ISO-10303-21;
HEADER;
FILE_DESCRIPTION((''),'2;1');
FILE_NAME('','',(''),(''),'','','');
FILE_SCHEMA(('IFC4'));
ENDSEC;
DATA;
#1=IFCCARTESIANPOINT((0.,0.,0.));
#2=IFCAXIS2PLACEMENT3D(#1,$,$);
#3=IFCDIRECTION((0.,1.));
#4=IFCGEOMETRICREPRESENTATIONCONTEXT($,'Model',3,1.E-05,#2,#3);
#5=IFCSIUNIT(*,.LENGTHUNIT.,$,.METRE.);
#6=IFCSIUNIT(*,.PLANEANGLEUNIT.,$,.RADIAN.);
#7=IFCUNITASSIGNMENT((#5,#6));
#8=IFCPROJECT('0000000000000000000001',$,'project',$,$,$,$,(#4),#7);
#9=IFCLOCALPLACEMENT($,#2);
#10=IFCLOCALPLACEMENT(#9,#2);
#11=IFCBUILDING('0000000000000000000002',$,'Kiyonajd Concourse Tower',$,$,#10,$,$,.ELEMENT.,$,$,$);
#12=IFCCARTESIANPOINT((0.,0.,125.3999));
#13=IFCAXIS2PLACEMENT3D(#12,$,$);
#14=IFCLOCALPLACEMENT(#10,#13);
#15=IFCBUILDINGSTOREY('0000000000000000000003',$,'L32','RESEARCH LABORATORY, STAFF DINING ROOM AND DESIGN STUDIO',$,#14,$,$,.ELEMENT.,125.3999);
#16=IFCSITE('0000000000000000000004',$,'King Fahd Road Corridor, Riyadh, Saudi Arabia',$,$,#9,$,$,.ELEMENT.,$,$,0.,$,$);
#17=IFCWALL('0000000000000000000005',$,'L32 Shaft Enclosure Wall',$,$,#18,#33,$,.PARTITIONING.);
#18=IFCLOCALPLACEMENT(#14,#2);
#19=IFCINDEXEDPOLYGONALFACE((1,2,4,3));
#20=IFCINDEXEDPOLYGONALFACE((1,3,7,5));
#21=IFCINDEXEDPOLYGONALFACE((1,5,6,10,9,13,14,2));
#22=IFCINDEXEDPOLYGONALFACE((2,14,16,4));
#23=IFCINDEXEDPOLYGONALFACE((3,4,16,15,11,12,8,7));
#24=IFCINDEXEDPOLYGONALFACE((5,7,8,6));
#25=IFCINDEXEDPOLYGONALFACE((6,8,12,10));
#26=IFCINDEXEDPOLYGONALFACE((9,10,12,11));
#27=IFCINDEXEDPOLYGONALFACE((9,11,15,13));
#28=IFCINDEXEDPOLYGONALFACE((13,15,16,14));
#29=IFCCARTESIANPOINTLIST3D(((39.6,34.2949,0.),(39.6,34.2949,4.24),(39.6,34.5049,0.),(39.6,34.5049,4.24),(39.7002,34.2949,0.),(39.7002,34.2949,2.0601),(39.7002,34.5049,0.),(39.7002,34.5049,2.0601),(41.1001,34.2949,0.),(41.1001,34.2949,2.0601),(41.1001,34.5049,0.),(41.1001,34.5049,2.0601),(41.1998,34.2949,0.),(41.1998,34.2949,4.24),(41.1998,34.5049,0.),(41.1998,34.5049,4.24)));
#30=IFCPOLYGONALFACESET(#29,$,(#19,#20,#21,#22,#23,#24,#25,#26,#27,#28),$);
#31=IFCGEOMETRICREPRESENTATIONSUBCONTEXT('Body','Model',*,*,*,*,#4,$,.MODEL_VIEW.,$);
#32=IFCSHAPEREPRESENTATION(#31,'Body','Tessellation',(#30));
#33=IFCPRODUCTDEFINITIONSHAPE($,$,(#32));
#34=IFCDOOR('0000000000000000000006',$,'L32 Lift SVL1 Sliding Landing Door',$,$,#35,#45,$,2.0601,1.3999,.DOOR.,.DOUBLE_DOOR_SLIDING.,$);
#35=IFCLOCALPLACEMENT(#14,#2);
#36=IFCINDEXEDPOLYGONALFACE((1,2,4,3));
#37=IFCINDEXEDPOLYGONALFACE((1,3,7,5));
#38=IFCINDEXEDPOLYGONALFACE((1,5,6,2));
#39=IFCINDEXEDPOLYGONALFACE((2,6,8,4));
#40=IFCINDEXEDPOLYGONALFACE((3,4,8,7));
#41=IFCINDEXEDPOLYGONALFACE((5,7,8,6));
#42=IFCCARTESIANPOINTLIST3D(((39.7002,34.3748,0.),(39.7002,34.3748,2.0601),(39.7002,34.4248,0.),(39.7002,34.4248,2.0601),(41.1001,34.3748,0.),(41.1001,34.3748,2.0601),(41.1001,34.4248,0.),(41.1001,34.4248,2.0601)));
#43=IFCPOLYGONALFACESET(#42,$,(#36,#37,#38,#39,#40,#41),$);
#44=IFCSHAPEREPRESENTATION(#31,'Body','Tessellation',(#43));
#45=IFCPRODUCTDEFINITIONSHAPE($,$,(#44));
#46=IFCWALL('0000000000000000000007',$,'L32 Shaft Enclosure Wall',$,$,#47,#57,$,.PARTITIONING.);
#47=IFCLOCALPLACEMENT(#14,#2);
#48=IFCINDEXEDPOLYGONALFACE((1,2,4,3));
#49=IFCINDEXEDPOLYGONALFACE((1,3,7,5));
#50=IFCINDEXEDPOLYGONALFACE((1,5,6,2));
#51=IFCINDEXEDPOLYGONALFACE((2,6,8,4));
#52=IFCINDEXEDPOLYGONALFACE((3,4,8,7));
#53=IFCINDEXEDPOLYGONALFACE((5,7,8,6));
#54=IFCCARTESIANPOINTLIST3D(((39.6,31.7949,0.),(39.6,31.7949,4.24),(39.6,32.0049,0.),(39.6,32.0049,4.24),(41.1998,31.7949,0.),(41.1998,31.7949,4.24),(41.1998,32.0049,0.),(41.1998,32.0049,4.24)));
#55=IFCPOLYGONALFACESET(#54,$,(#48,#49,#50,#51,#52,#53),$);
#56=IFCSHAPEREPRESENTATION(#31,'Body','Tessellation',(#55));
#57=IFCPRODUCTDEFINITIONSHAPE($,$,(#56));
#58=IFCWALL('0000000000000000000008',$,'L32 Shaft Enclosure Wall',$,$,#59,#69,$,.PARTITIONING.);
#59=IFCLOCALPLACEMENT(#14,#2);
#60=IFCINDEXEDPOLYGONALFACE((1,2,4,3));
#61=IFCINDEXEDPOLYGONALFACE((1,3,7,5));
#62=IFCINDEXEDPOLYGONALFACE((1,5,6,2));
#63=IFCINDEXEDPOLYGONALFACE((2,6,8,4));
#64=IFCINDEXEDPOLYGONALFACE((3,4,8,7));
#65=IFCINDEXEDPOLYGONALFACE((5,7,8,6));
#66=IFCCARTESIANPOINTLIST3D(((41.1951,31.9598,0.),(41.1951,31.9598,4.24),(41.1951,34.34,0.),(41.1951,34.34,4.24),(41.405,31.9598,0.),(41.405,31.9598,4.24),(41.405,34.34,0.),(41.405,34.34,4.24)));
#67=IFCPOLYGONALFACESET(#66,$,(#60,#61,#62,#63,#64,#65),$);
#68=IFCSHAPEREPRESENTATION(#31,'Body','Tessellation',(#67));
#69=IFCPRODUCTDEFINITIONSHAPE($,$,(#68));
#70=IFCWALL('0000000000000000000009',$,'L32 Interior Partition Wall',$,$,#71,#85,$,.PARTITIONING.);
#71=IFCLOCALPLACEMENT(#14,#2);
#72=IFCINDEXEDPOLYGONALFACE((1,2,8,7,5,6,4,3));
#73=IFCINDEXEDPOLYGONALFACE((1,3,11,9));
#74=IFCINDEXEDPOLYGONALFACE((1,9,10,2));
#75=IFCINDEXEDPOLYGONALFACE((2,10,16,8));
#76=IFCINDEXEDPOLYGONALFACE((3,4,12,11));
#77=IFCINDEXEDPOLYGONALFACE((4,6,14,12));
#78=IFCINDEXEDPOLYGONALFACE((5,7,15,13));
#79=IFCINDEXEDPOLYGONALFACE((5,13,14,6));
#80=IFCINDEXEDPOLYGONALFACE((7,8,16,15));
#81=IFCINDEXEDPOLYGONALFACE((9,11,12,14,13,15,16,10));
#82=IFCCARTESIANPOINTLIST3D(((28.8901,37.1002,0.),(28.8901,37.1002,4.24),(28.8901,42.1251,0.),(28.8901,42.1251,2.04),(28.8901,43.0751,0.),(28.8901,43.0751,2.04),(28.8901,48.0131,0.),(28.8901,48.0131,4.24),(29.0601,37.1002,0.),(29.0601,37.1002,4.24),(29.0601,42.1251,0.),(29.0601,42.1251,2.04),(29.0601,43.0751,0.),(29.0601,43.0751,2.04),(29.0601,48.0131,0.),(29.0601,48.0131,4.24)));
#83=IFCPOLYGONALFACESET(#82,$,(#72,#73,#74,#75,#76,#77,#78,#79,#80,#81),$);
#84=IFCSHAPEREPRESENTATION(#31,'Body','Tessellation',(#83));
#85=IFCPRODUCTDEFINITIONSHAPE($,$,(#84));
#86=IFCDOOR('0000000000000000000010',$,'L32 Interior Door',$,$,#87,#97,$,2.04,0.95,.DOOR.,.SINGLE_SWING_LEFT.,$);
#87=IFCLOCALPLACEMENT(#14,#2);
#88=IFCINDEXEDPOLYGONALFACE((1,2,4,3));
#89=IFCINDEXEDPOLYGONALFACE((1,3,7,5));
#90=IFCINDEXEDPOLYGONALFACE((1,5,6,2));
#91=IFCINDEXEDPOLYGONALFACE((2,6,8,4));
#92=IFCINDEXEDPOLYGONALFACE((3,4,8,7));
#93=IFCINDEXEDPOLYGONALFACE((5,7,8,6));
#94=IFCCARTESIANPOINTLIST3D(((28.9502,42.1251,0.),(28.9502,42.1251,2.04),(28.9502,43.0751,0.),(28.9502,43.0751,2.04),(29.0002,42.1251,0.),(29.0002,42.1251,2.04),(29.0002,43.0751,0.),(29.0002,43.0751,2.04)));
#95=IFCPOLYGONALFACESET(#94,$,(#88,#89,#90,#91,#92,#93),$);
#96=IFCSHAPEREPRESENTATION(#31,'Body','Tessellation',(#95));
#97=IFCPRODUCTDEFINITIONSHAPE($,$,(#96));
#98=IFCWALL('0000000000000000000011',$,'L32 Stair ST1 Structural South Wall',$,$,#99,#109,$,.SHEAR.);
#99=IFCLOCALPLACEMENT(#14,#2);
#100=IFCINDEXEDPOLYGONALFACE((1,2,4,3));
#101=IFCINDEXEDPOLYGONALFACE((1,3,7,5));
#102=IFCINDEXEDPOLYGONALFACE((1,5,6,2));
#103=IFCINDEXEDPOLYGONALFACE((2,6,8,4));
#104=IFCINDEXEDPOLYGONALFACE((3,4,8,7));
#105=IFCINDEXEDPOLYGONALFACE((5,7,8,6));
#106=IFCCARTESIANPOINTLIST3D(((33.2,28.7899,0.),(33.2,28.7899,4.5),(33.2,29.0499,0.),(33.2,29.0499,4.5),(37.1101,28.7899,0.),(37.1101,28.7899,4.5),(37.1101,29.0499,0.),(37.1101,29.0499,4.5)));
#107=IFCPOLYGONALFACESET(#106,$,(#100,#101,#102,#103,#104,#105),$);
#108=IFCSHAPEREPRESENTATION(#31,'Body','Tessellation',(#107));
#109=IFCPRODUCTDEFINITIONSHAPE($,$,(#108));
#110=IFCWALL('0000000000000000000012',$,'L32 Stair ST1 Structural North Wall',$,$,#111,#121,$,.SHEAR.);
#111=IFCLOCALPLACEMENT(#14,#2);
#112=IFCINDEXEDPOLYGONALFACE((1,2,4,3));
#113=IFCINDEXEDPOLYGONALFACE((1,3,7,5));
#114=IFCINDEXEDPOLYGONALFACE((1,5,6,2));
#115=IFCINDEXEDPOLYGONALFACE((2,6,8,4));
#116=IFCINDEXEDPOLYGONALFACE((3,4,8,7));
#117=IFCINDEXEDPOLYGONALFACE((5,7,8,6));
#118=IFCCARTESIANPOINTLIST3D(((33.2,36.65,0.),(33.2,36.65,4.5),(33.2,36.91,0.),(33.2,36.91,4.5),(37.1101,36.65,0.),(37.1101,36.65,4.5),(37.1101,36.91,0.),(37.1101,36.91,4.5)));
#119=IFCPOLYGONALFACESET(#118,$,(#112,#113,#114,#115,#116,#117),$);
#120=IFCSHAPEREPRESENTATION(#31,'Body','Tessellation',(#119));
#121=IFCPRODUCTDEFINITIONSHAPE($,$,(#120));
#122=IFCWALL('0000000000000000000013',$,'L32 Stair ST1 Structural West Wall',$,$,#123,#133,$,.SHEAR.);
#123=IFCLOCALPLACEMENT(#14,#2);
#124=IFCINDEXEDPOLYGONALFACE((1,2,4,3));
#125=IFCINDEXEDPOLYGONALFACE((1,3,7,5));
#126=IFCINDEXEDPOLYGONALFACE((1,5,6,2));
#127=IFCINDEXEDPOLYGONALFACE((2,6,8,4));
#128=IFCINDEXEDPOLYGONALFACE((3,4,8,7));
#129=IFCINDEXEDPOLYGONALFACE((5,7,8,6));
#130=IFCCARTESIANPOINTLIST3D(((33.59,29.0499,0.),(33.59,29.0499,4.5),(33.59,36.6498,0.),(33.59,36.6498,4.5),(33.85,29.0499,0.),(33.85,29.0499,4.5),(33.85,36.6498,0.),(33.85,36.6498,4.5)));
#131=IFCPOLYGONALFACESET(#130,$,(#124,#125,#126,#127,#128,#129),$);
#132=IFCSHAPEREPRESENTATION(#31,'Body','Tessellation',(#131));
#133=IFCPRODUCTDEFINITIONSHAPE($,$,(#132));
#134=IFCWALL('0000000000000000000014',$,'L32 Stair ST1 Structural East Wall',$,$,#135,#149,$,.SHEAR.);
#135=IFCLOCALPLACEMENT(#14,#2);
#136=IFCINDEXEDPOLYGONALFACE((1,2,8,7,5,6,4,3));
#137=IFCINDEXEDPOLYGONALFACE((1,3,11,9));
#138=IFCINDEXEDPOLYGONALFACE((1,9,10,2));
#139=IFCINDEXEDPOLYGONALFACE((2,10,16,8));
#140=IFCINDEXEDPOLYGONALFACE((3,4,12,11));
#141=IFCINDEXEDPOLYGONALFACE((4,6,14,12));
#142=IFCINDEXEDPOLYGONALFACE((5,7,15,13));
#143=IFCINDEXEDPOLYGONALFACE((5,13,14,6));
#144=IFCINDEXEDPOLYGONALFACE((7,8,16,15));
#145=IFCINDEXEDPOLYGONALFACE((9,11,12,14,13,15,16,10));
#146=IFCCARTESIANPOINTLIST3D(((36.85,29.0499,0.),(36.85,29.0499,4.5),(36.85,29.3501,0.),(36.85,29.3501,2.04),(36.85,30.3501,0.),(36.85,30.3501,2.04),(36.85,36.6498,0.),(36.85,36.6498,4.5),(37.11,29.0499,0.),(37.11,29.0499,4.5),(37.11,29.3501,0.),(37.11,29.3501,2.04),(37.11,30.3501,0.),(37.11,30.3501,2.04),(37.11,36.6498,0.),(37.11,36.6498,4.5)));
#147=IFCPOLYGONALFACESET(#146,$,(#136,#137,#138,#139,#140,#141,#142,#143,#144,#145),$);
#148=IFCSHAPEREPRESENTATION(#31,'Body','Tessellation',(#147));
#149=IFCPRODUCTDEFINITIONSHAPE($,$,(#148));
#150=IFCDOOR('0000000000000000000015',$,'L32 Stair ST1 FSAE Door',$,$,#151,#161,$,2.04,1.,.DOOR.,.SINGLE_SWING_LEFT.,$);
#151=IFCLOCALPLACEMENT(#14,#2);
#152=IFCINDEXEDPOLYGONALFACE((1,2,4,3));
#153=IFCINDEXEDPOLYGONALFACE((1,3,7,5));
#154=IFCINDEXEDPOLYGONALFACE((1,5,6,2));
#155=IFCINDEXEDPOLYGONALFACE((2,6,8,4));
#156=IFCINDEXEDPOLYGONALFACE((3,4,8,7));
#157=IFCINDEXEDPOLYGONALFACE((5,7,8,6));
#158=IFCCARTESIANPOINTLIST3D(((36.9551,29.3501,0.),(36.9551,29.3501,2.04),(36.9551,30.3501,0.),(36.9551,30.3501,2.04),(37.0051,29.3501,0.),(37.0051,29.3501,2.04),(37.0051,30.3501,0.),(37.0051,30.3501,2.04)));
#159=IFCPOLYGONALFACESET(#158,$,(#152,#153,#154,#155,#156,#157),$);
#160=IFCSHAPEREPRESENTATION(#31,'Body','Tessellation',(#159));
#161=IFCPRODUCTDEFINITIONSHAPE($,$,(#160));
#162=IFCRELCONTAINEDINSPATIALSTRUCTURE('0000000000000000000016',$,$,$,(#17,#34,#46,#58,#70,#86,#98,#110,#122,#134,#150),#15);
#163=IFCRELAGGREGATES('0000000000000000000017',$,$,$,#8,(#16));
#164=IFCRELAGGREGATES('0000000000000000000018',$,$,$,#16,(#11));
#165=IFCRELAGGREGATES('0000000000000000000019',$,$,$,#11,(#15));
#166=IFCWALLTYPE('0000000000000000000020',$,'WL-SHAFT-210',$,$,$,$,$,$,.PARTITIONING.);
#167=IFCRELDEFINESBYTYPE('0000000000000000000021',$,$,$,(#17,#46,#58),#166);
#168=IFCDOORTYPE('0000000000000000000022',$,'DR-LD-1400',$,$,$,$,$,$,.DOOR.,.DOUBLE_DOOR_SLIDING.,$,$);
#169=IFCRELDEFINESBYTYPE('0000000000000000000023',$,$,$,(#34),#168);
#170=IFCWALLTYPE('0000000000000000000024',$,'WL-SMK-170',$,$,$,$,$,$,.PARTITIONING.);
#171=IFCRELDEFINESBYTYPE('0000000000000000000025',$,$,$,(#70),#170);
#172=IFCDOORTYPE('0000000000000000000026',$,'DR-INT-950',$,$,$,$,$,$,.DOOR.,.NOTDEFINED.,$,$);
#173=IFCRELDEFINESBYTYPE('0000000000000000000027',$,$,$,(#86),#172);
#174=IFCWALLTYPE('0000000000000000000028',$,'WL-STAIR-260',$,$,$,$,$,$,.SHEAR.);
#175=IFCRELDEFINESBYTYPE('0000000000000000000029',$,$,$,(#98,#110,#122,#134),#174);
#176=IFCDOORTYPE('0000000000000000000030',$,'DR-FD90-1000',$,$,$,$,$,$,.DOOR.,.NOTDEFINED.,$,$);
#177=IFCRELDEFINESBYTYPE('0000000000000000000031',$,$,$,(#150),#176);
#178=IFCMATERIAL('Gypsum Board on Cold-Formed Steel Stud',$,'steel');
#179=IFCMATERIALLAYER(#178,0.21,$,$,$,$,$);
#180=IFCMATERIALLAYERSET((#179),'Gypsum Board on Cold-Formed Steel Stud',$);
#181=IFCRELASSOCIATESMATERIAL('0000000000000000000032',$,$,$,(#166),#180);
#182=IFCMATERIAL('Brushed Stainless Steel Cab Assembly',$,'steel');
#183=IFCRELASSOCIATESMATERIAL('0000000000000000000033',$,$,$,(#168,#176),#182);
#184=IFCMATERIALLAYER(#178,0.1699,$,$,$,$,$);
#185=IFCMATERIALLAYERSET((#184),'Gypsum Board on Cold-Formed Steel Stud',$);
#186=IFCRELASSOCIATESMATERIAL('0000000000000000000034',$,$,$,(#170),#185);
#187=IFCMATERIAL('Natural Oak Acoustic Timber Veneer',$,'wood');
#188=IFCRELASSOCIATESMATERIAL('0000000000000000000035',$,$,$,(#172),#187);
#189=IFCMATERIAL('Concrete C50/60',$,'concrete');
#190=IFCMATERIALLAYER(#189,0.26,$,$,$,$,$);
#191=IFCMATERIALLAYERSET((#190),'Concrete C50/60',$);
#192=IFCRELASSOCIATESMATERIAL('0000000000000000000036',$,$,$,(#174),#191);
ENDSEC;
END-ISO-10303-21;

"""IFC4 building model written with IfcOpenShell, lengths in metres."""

from ifc_helpers import new_model, si_unit, direction, frame, frame_2d, origin, place, context, subcontext, project, spatial, rectangle, extrude, material, layer, layer_set, type_object, element, fill, save


model = new_model("IFC4")

# Units and contexts
model_context = context("Model", 3, precision=1e-05, world=origin(), true_north=direction((0.0, 1.0)))
body_context = subcontext(model_context, "Body", "Model", "MODEL_VIEW")
ifc_project = project(units=[si_unit("LENGTHUNIT", "METRE"), si_unit("PLANEANGLEUNIT", "RADIAN")], contexts=[model_context])

# Site, building, storey
site_placement = place(None, origin())
site = spatial("IfcSite", under=ifc_project, at=site_placement, Name="King Fahd Road Corridor, Riyadh, Saudi Arabia", CompositionType="ELEMENT", RefElevation=0.0)
building_placement = place(site_placement, origin())
building = spatial("IfcBuilding", under=site, at=building_placement, Name="Kiyonajd Concourse Tower", CompositionType="ELEMENT")
storey_placement = place(building_placement, frame((0.0, 0.0, 125.3999)))
storey = spatial("IfcBuildingStorey", under=building, at=storey_placement, Name="L32", Description="RESEARCH LABORATORY, STAFF DINING ROOM AND DESIGN STUDIO", CompositionType="ELEMENT", Elevation=125.3999)

# Shared definitions
ifc_material_1 = material(Name="Concrete C50/60", Category="concrete")

# Shared definitions
ifc_material_2 = material(Name="Brushed Stainless Steel Cab Assembly", Category="steel")
ifc_material_3 = material(Name="Gypsum Board on Cold-Formed Steel Stud", Category="steel")
ifc_layer_1 = layer(ifc_material_3, 0.21)
ifc_layer_set_1 = layer_set([ifc_layer_1], Name="Gypsum Board on Cold-Formed Steel Stud")
wall_type_1 = type_object("IfcWallType", Name="WL-SHAFT-210", PredefinedType="PARTITIONING", material=ifc_layer_set_1)

# Wall, opening, door
wall_1_placement = place(storey_placement, frame((39.6001, 34.3999, 0.0), z_axis=(0.0, 0.0, 1.0), x_axis=(1.0, 0.0, 0.0)))
wall_1 = element("IfcWall", 1, at=wall_1_placement, inside=storey, type_object=wall_type_1, Name="L32 Shaft Enclosure Wall", PredefinedType="PARTITIONING", context=body_context, shape_type="SweptSolid", body=[
    extrude(rectangle(XDim=1.5999, YDim=0.21, at=frame_2d((0.7998, 0.0))), origin(), (0.0, 0.0, 1.0), 4.24),
])
opening_1_placement = place(wall_1_placement, frame((0.1001, 0.0, 0.0)))
opening_1 = element("IfcOpeningElement", 2, at=opening_1_placement, cuts=wall_1, PredefinedType="OPENING", context=body_context, shape_type="SweptSolid", body=[
    extrude(rectangle(XDim=1.3999, YDim=2.0601, at=frame_2d((0.7, 1.03))), frame((0.0, 0.115, 0.0), z_axis=(0.0, -1.0, 0.0), x_axis=(1.0, 0.0, 0.0)), (0.0, 0.0, 1.0), 0.23),
])
door_type_1 = type_object("IfcDoorType", Name="DR-LD-1400", OperationType="DOUBLE_DOOR_SLIDING", PredefinedType="DOOR", material=ifc_material_2)
door_1_placement = place(opening_1_placement, origin())
door_1 = element("IfcDoor", 3, at=door_1_placement, inside=storey, type_object=door_type_1, Name="L32 Lift SVL1 Sliding Landing Door", OperationType="DOUBLE_DOOR_SLIDING", OverallHeight=2.0601, OverallWidth=1.3999, PredefinedType="DOOR", context=body_context, shape_type="SweptSolid", body=[
    extrude(rectangle(XDim=1.3999, YDim=2.0601, at=frame_2d((0.7, 1.03))), frame((0.0, 0.0249, 0.0), z_axis=(0.0, -1.0, 0.0), x_axis=(1.0, 0.0, 0.0)), (0.0, 0.0, 1.0), 0.05),
])
fill(opening_1, door_1)

# Walls
wall_2_placement = place(storey_placement, frame((39.6001, 31.8999, 0.0), z_axis=(0.0, 0.0, 1.0), x_axis=(1.0, 0.0, 0.0)))
element("IfcWall", 4, at=wall_2_placement, inside=storey, type_object=wall_type_1, Name="L32 Shaft Enclosure Wall", PredefinedType="PARTITIONING", context=body_context, shape_type="SweptSolid", body=[
    extrude(rectangle(XDim=1.5999, YDim=0.21, at=frame_2d((0.7998, 0.0))), origin(), (0.0, 0.0, 1.0), 4.24),
])
wall_3_placement = place(storey_placement, frame((41.3, 31.96, 0.0), z_axis=(0.0, 0.0, 1.0), x_axis=(0.0, 1.0, 0.0)))
element("IfcWall", 5, at=wall_3_placement, inside=storey, type_object=wall_type_1, Name="L32 Shaft Enclosure Wall", PredefinedType="PARTITIONING", context=body_context, shape_type="SweptSolid", body=[
    extrude(rectangle(XDim=2.3801, YDim=0.21, at=frame_2d((1.1899, 0.0))), origin(), (0.0, 0.0, 1.0), 4.24),
])

# Wall, opening, door
ifc_layer_2 = layer(ifc_material_3, 0.1699)
ifc_layer_set_2 = layer_set([ifc_layer_2], Name="Gypsum Board on Cold-Formed Steel Stud")
wall_type_2 = type_object("IfcWallType", Name="WL-SMK-170", PredefinedType="PARTITIONING", material=ifc_layer_set_2)
wall_4_placement = place(storey_placement, frame((28.9751, 37.1001, 0.0), z_axis=(0.0, 0.0, 1.0), x_axis=(0.0, 1.0, 0.0)))
wall_4 = element("IfcWall", 6, at=wall_4_placement, inside=storey, type_object=wall_type_2, Name="L32 Interior Partition Wall", PredefinedType="PARTITIONING", context=body_context, shape_type="SweptSolid", body=[
    extrude(rectangle(XDim=10.9128, YDim=0.1699, at=frame_2d((5.4565, 0.0))), origin(), (0.0, 0.0, 1.0), 4.24),
])
opening_2_placement = place(wall_4_placement, frame((5.0249, 0.0, 0.0)))
opening_2 = element("IfcOpeningElement", 7, at=opening_2_placement, cuts=wall_4, PredefinedType="OPENING", context=body_context, shape_type="SweptSolid", body=[
    extrude(rectangle(XDim=0.95, YDim=2.04, at=frame_2d((0.4751, 1.02))), frame((0.0, 0.095, 0.0), z_axis=(0.0, -1.0, 0.0), x_axis=(1.0, 0.0, 0.0)), (0.0, 0.0, 1.0), 0.1899),
])
ifc_material_4 = material(Name="Natural Oak Acoustic Timber Veneer", Category="wood")
door_type_2 = type_object("IfcDoorType", Name="DR-INT-950", OperationType="NOTDEFINED", PredefinedType="DOOR", material=ifc_material_4)
door_2_placement = place(opening_2_placement, origin())
door_2 = element("IfcDoor", 8, at=door_2_placement, inside=storey, type_object=door_type_2, Name="L32 Interior Door", OperationType="SINGLE_SWING_LEFT", OverallHeight=2.04, OverallWidth=0.95, PredefinedType="DOOR", context=body_context, shape_type="SweptSolid", body=[
    extrude(rectangle(XDim=0.95, YDim=2.04, at=frame_2d((0.4751, 1.02))), frame((0.0, 0.0249, 0.0), z_axis=(0.0, -1.0, 0.0), x_axis=(1.0, 0.0, 0.0)), (0.0, 0.0, 1.0), 0.05),
])
fill(opening_2, door_2)

# Walls
ifc_layer_3 = layer(ifc_material_1, 0.26)
ifc_layer_set_3 = layer_set([ifc_layer_3], Name="Concrete C50/60")
wall_type_3 = type_object("IfcWallType", Name="WL-STAIR-260", PredefinedType="SHEAR", material=ifc_layer_set_3)
for number, where, z_axis, x_axis, name in (
    (9, (33.2, 28.9199, 0.0), (0.0, 0.0, 1.0), (1.0, 0.0, 0.0), "L32 Stair ST1 Structural South Wall"),
    (10, (33.2, 36.78, 0.0), (0.0, 0.0, 1.0), (1.0, 0.0, 0.0), "L32 Stair ST1 Structural North Wall"),
):
    element("IfcWall", number, at=place(storey_placement, frame(where, z_axis=z_axis, x_axis=x_axis)), inside=storey, type_object=wall_type_3, Name=name, PredefinedType="SHEAR", context=body_context, shape_type="SweptSolid", body=[
        extrude(rectangle(XDim=3.9102, YDim=0.26, at=frame_2d((1.9551, 0.0))), origin(), (0.0, 0.0, 1.0), 4.5),
    ])
wall_5_placement = place(storey_placement, frame((33.72, 29.05, 0.0), z_axis=(0.0, 0.0, 1.0), x_axis=(0.0, 1.0, 0.0)))
element("IfcWall", 11, at=wall_5_placement, inside=storey, type_object=wall_type_3, Name="L32 Stair ST1 Structural West Wall", PredefinedType="SHEAR", context=body_context, shape_type="SweptSolid", body=[
    extrude(rectangle(XDim=7.5999, YDim=0.26, at=frame_2d((3.7998, 0.0))), origin(), (0.0, 0.0, 1.0), 4.5),
])

# Wall, opening, door
wall_6_placement = place(storey_placement, frame((36.98, 29.05, 0.0), z_axis=(0.0, 0.0, 1.0), x_axis=(0.0, 1.0, 0.0)))
wall_6 = element("IfcWall", 12, at=wall_6_placement, inside=storey, type_object=wall_type_3, Name="L32 Stair ST1 Structural East Wall", PredefinedType="SHEAR", context=body_context, shape_type="SweptSolid", body=[
    extrude(rectangle(XDim=7.5999, YDim=0.26, at=frame_2d((3.7998, 0.0))), origin(), (0.0, 0.0, 1.0), 4.5),
])
opening_3_placement = place(wall_6_placement, frame((0.3, 0.0, 0.0)))
opening_3 = element("IfcOpeningElement", 13, at=opening_3_placement, cuts=wall_6, PredefinedType="OPENING", context=body_context, shape_type="SweptSolid", body=[
    extrude(rectangle(XDim=1.0, YDim=2.04, at=frame_2d((0.5, 1.02))), frame((0.0, 0.1399, 0.0), z_axis=(0.0, -1.0, 0.0), x_axis=(1.0, 0.0, 0.0)), (0.0, 0.0, 1.0), 0.28),
])
door_type_3 = type_object("IfcDoorType", Name="DR-FD90-1000", OperationType="NOTDEFINED", PredefinedType="DOOR", material=ifc_material_2)
door_3_placement = place(opening_3_placement, origin())
door_3 = element("IfcDoor", 14, at=door_3_placement, inside=storey, type_object=door_type_3, Name="L32 Stair ST1 FSAE Door", OperationType="SINGLE_SWING_LEFT", OverallHeight=2.04, OverallWidth=1.0, PredefinedType="DOOR", context=body_context, shape_type="SweptSolid", body=[
    extrude(rectangle(XDim=1.0, YDim=2.04, at=frame_2d((0.5, 1.02))), frame((0.0, 0.0249, 0.0), z_axis=(0.0, -1.0, 0.0), x_axis=(1.0, 0.0, 0.0)), (0.0, 0.0, 1.0), 0.05),
])
fill(opening_3, door_3)

save(model, "model.ifc")
